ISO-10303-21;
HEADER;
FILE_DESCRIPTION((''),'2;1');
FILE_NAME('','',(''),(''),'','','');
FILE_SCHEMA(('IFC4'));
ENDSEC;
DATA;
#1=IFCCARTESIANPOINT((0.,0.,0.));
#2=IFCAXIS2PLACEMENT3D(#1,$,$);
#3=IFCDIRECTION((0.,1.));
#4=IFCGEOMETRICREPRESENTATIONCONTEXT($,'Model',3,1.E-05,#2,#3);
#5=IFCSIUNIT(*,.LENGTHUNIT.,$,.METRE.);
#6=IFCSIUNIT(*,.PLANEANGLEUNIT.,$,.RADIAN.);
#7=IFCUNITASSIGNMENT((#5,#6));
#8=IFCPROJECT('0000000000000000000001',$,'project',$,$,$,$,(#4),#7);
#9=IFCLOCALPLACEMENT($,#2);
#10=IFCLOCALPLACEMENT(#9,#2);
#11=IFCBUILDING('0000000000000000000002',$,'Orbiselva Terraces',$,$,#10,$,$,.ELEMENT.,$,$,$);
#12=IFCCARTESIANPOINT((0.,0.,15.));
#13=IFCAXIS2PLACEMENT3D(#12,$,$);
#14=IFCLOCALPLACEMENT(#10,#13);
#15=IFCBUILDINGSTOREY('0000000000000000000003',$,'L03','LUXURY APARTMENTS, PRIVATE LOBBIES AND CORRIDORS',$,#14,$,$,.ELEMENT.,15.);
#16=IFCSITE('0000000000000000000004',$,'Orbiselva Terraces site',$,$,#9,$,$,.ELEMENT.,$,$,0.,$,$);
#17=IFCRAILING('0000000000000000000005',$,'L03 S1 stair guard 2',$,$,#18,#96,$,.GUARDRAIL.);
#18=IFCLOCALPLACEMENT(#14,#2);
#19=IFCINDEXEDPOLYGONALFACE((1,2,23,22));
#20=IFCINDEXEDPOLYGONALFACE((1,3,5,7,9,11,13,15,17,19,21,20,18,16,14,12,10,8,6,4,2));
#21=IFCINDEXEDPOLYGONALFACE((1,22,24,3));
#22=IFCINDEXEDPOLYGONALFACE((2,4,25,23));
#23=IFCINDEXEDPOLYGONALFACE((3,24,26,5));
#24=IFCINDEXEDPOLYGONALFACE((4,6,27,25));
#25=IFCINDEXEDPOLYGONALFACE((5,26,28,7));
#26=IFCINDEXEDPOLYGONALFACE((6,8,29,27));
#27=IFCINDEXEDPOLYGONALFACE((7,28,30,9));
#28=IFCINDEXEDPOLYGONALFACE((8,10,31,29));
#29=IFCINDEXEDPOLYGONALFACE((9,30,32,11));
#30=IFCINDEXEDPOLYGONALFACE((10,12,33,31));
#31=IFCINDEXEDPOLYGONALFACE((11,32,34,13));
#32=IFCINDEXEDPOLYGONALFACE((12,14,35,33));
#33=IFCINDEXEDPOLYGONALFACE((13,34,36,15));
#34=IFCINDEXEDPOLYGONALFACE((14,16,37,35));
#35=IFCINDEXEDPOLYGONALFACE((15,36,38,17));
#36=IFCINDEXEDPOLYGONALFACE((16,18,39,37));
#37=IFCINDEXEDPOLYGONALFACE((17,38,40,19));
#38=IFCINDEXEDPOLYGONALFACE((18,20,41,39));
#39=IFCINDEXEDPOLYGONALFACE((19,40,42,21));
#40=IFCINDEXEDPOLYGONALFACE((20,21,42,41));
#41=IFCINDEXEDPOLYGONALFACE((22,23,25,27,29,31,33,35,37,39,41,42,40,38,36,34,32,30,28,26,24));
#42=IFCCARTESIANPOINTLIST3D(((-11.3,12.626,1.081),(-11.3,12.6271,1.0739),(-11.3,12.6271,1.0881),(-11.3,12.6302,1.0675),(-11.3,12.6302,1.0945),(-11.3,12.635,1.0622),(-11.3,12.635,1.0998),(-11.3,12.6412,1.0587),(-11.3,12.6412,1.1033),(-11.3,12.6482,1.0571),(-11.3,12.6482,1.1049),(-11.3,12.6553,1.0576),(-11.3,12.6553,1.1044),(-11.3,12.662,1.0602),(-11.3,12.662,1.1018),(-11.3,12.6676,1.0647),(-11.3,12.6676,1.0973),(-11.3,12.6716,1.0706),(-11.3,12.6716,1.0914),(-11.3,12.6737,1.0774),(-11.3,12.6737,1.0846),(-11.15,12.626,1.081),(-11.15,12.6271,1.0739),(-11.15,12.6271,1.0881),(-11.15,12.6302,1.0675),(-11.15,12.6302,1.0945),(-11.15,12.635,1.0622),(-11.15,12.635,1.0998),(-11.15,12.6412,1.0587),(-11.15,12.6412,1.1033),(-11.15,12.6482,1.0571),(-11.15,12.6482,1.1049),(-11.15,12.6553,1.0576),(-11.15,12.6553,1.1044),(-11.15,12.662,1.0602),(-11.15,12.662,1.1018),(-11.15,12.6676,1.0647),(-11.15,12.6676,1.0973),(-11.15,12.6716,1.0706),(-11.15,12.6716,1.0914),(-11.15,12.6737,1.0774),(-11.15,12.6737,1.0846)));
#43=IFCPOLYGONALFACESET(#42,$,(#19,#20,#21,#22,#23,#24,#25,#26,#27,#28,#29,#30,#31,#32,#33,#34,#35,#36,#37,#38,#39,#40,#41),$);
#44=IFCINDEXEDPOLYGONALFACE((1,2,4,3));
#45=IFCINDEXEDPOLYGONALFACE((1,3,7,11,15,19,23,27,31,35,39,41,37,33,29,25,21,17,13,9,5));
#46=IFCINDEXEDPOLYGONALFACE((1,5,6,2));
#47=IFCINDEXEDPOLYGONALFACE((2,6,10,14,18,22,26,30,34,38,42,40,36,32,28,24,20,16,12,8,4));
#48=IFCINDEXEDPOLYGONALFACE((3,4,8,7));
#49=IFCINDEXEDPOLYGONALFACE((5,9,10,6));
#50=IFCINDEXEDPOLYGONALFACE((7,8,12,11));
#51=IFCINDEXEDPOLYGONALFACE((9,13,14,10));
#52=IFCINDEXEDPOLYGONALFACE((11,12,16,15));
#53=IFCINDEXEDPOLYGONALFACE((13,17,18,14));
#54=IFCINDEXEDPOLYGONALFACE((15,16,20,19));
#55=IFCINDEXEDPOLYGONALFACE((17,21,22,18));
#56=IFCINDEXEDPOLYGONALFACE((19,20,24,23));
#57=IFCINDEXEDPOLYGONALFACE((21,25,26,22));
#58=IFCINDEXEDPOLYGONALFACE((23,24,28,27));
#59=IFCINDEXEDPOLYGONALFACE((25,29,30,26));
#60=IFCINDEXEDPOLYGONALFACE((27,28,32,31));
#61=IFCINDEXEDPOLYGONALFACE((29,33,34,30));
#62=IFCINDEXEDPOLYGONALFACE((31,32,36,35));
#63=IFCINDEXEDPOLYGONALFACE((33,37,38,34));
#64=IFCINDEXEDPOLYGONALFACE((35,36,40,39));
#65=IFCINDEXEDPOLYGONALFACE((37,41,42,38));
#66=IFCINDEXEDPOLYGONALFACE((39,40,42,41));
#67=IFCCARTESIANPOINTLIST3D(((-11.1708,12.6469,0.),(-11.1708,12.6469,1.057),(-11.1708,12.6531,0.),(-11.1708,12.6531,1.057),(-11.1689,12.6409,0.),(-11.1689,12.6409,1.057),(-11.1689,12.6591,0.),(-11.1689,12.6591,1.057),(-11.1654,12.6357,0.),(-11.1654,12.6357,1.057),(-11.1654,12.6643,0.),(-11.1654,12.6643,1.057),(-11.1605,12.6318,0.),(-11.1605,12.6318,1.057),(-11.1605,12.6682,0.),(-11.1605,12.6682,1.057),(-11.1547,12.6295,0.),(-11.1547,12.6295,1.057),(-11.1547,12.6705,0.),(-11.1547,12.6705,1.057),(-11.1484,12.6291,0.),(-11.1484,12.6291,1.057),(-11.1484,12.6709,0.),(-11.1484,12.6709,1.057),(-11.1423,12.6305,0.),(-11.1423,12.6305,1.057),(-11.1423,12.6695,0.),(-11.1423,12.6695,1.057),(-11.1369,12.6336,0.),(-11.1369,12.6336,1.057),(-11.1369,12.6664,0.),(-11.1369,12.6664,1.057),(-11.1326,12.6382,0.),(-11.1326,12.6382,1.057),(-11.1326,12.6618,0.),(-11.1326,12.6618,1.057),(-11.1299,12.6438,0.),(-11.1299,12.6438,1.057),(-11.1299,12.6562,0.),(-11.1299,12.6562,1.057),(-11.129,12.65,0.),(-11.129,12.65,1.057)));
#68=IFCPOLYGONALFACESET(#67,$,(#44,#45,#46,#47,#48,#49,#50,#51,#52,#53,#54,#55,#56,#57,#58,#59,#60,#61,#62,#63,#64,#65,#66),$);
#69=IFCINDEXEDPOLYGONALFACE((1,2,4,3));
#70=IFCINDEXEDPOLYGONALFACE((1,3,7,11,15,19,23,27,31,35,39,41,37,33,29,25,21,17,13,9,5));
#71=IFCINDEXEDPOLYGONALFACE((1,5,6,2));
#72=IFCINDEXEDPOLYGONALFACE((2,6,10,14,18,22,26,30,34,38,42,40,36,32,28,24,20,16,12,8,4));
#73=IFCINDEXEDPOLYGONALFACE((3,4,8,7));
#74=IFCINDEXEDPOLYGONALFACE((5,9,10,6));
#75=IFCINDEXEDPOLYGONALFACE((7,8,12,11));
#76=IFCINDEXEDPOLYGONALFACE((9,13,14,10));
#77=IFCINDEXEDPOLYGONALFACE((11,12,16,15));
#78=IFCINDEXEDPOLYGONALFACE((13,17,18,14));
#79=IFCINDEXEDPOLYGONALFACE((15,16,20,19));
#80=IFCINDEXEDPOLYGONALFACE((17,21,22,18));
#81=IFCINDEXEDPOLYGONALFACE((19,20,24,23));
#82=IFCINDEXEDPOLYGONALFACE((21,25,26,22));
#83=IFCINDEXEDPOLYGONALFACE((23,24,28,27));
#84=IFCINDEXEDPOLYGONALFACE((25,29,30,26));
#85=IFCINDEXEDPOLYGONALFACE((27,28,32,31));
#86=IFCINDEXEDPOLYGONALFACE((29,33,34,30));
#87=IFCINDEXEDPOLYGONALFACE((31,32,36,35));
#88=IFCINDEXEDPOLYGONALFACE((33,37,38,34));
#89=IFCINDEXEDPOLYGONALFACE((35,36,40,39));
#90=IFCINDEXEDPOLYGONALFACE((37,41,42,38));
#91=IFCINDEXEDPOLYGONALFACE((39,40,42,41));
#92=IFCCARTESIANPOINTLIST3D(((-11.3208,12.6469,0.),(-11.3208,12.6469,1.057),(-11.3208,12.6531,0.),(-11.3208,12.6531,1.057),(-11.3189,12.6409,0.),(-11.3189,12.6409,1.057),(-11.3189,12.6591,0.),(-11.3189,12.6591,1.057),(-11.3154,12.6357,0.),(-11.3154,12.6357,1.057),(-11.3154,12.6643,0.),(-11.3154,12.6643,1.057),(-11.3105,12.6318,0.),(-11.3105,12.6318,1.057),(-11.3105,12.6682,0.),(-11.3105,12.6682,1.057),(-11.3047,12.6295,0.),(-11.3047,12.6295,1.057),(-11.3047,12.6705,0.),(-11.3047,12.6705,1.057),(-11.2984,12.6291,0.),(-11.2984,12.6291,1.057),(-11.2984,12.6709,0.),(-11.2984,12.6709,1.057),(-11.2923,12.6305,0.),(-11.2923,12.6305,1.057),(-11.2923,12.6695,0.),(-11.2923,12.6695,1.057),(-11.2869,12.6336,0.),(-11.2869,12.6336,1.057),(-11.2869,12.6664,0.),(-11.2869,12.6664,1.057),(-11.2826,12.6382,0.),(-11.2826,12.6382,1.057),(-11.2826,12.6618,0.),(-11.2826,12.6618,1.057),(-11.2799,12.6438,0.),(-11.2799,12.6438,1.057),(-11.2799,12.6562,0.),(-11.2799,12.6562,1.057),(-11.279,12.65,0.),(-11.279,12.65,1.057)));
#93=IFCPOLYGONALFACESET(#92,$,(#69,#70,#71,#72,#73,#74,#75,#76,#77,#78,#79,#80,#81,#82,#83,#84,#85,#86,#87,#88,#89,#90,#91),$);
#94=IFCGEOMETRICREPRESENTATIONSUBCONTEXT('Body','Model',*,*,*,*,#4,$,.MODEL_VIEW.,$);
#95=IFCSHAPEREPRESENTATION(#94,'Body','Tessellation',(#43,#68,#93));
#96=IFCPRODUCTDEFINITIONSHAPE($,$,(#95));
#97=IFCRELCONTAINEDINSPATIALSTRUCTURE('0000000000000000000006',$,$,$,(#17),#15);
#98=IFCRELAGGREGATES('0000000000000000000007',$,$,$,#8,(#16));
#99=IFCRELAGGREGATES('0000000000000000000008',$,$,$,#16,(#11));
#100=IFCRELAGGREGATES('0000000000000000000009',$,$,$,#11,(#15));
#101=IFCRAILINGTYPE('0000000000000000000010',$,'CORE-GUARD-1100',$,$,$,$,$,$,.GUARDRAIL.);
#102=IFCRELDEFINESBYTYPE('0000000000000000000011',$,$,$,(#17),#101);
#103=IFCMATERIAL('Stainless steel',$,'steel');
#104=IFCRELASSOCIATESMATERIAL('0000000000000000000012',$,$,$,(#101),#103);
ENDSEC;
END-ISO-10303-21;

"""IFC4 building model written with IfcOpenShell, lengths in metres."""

from ifc_helpers import new_model, si_unit, direction, frame, origin, origin_2d, place, context, subcontext, project, spatial, circle, extrude, material, type_object, element, save


model = new_model("IFC4")

# Units and contexts
model_context = context("Model", 3, precision=1e-05, world=origin(), true_north=direction((0.0, 1.0)))
body_context = subcontext(model_context, "Body", "Model", "MODEL_VIEW")
ifc_project = project(units=[si_unit("LENGTHUNIT", "METRE"), si_unit("PLANEANGLEUNIT", "RADIAN")], contexts=[model_context])

# Site, building, storey
site_placement = place(None, origin())
site = spatial("IfcSite", under=ifc_project, at=site_placement, Name="Orbiselva Terraces site", CompositionType="ELEMENT", RefElevation=0.0)
building_placement = place(site_placement, origin())
building = spatial("IfcBuilding", under=site, at=building_placement, Name="Orbiselva Terraces", CompositionType="ELEMENT")
storey_placement = place(building_placement, frame((0.0, 0.0, 15.0)))
storey = spatial("IfcBuildingStorey", under=building, at=storey_placement, Name="L03", Description="LUXURY APARTMENTS, PRIVATE LOBBIES AND CORRIDORS", CompositionType="ELEMENT", Elevation=15.0)

# Railing
ifc_material_1 = material(Name="Stainless steel", Category="steel")
railing_type_1 = type_object("IfcRailingType", Name="CORE-GUARD-1100", PredefinedType="GUARDRAIL", material=ifc_material_1)
railing_1_placement = place(storey_placement, frame((-11.15, 12.65, 0.0)))
element("IfcRailing", 1, at=railing_1_placement, inside=storey, type_object=railing_type_1, Name="L03 S1 stair guard 2", PredefinedType="GUARDRAIL", context=body_context, shape_type="SweptSolid", body=[
    extrude(circle(Radius=0.024, at=origin_2d()), frame((0.0, 0.0, 1.081), z_axis=(-1.0, 0.0, 0.0), x_axis=(0.0, -1.0, 0.0)), (0.0, 0.0, 1.0), 0.15),
    extrude(circle(Radius=0.021, at=origin_2d()), origin(), (0.0, 0.0, 1.0), 1.057),
    extrude(circle(Radius=0.021, at=origin_2d()), frame((-0.15, 0.0, 0.0)), (0.0, 0.0, 1.0), 1.057),
])

save(model, "model.ifc")
